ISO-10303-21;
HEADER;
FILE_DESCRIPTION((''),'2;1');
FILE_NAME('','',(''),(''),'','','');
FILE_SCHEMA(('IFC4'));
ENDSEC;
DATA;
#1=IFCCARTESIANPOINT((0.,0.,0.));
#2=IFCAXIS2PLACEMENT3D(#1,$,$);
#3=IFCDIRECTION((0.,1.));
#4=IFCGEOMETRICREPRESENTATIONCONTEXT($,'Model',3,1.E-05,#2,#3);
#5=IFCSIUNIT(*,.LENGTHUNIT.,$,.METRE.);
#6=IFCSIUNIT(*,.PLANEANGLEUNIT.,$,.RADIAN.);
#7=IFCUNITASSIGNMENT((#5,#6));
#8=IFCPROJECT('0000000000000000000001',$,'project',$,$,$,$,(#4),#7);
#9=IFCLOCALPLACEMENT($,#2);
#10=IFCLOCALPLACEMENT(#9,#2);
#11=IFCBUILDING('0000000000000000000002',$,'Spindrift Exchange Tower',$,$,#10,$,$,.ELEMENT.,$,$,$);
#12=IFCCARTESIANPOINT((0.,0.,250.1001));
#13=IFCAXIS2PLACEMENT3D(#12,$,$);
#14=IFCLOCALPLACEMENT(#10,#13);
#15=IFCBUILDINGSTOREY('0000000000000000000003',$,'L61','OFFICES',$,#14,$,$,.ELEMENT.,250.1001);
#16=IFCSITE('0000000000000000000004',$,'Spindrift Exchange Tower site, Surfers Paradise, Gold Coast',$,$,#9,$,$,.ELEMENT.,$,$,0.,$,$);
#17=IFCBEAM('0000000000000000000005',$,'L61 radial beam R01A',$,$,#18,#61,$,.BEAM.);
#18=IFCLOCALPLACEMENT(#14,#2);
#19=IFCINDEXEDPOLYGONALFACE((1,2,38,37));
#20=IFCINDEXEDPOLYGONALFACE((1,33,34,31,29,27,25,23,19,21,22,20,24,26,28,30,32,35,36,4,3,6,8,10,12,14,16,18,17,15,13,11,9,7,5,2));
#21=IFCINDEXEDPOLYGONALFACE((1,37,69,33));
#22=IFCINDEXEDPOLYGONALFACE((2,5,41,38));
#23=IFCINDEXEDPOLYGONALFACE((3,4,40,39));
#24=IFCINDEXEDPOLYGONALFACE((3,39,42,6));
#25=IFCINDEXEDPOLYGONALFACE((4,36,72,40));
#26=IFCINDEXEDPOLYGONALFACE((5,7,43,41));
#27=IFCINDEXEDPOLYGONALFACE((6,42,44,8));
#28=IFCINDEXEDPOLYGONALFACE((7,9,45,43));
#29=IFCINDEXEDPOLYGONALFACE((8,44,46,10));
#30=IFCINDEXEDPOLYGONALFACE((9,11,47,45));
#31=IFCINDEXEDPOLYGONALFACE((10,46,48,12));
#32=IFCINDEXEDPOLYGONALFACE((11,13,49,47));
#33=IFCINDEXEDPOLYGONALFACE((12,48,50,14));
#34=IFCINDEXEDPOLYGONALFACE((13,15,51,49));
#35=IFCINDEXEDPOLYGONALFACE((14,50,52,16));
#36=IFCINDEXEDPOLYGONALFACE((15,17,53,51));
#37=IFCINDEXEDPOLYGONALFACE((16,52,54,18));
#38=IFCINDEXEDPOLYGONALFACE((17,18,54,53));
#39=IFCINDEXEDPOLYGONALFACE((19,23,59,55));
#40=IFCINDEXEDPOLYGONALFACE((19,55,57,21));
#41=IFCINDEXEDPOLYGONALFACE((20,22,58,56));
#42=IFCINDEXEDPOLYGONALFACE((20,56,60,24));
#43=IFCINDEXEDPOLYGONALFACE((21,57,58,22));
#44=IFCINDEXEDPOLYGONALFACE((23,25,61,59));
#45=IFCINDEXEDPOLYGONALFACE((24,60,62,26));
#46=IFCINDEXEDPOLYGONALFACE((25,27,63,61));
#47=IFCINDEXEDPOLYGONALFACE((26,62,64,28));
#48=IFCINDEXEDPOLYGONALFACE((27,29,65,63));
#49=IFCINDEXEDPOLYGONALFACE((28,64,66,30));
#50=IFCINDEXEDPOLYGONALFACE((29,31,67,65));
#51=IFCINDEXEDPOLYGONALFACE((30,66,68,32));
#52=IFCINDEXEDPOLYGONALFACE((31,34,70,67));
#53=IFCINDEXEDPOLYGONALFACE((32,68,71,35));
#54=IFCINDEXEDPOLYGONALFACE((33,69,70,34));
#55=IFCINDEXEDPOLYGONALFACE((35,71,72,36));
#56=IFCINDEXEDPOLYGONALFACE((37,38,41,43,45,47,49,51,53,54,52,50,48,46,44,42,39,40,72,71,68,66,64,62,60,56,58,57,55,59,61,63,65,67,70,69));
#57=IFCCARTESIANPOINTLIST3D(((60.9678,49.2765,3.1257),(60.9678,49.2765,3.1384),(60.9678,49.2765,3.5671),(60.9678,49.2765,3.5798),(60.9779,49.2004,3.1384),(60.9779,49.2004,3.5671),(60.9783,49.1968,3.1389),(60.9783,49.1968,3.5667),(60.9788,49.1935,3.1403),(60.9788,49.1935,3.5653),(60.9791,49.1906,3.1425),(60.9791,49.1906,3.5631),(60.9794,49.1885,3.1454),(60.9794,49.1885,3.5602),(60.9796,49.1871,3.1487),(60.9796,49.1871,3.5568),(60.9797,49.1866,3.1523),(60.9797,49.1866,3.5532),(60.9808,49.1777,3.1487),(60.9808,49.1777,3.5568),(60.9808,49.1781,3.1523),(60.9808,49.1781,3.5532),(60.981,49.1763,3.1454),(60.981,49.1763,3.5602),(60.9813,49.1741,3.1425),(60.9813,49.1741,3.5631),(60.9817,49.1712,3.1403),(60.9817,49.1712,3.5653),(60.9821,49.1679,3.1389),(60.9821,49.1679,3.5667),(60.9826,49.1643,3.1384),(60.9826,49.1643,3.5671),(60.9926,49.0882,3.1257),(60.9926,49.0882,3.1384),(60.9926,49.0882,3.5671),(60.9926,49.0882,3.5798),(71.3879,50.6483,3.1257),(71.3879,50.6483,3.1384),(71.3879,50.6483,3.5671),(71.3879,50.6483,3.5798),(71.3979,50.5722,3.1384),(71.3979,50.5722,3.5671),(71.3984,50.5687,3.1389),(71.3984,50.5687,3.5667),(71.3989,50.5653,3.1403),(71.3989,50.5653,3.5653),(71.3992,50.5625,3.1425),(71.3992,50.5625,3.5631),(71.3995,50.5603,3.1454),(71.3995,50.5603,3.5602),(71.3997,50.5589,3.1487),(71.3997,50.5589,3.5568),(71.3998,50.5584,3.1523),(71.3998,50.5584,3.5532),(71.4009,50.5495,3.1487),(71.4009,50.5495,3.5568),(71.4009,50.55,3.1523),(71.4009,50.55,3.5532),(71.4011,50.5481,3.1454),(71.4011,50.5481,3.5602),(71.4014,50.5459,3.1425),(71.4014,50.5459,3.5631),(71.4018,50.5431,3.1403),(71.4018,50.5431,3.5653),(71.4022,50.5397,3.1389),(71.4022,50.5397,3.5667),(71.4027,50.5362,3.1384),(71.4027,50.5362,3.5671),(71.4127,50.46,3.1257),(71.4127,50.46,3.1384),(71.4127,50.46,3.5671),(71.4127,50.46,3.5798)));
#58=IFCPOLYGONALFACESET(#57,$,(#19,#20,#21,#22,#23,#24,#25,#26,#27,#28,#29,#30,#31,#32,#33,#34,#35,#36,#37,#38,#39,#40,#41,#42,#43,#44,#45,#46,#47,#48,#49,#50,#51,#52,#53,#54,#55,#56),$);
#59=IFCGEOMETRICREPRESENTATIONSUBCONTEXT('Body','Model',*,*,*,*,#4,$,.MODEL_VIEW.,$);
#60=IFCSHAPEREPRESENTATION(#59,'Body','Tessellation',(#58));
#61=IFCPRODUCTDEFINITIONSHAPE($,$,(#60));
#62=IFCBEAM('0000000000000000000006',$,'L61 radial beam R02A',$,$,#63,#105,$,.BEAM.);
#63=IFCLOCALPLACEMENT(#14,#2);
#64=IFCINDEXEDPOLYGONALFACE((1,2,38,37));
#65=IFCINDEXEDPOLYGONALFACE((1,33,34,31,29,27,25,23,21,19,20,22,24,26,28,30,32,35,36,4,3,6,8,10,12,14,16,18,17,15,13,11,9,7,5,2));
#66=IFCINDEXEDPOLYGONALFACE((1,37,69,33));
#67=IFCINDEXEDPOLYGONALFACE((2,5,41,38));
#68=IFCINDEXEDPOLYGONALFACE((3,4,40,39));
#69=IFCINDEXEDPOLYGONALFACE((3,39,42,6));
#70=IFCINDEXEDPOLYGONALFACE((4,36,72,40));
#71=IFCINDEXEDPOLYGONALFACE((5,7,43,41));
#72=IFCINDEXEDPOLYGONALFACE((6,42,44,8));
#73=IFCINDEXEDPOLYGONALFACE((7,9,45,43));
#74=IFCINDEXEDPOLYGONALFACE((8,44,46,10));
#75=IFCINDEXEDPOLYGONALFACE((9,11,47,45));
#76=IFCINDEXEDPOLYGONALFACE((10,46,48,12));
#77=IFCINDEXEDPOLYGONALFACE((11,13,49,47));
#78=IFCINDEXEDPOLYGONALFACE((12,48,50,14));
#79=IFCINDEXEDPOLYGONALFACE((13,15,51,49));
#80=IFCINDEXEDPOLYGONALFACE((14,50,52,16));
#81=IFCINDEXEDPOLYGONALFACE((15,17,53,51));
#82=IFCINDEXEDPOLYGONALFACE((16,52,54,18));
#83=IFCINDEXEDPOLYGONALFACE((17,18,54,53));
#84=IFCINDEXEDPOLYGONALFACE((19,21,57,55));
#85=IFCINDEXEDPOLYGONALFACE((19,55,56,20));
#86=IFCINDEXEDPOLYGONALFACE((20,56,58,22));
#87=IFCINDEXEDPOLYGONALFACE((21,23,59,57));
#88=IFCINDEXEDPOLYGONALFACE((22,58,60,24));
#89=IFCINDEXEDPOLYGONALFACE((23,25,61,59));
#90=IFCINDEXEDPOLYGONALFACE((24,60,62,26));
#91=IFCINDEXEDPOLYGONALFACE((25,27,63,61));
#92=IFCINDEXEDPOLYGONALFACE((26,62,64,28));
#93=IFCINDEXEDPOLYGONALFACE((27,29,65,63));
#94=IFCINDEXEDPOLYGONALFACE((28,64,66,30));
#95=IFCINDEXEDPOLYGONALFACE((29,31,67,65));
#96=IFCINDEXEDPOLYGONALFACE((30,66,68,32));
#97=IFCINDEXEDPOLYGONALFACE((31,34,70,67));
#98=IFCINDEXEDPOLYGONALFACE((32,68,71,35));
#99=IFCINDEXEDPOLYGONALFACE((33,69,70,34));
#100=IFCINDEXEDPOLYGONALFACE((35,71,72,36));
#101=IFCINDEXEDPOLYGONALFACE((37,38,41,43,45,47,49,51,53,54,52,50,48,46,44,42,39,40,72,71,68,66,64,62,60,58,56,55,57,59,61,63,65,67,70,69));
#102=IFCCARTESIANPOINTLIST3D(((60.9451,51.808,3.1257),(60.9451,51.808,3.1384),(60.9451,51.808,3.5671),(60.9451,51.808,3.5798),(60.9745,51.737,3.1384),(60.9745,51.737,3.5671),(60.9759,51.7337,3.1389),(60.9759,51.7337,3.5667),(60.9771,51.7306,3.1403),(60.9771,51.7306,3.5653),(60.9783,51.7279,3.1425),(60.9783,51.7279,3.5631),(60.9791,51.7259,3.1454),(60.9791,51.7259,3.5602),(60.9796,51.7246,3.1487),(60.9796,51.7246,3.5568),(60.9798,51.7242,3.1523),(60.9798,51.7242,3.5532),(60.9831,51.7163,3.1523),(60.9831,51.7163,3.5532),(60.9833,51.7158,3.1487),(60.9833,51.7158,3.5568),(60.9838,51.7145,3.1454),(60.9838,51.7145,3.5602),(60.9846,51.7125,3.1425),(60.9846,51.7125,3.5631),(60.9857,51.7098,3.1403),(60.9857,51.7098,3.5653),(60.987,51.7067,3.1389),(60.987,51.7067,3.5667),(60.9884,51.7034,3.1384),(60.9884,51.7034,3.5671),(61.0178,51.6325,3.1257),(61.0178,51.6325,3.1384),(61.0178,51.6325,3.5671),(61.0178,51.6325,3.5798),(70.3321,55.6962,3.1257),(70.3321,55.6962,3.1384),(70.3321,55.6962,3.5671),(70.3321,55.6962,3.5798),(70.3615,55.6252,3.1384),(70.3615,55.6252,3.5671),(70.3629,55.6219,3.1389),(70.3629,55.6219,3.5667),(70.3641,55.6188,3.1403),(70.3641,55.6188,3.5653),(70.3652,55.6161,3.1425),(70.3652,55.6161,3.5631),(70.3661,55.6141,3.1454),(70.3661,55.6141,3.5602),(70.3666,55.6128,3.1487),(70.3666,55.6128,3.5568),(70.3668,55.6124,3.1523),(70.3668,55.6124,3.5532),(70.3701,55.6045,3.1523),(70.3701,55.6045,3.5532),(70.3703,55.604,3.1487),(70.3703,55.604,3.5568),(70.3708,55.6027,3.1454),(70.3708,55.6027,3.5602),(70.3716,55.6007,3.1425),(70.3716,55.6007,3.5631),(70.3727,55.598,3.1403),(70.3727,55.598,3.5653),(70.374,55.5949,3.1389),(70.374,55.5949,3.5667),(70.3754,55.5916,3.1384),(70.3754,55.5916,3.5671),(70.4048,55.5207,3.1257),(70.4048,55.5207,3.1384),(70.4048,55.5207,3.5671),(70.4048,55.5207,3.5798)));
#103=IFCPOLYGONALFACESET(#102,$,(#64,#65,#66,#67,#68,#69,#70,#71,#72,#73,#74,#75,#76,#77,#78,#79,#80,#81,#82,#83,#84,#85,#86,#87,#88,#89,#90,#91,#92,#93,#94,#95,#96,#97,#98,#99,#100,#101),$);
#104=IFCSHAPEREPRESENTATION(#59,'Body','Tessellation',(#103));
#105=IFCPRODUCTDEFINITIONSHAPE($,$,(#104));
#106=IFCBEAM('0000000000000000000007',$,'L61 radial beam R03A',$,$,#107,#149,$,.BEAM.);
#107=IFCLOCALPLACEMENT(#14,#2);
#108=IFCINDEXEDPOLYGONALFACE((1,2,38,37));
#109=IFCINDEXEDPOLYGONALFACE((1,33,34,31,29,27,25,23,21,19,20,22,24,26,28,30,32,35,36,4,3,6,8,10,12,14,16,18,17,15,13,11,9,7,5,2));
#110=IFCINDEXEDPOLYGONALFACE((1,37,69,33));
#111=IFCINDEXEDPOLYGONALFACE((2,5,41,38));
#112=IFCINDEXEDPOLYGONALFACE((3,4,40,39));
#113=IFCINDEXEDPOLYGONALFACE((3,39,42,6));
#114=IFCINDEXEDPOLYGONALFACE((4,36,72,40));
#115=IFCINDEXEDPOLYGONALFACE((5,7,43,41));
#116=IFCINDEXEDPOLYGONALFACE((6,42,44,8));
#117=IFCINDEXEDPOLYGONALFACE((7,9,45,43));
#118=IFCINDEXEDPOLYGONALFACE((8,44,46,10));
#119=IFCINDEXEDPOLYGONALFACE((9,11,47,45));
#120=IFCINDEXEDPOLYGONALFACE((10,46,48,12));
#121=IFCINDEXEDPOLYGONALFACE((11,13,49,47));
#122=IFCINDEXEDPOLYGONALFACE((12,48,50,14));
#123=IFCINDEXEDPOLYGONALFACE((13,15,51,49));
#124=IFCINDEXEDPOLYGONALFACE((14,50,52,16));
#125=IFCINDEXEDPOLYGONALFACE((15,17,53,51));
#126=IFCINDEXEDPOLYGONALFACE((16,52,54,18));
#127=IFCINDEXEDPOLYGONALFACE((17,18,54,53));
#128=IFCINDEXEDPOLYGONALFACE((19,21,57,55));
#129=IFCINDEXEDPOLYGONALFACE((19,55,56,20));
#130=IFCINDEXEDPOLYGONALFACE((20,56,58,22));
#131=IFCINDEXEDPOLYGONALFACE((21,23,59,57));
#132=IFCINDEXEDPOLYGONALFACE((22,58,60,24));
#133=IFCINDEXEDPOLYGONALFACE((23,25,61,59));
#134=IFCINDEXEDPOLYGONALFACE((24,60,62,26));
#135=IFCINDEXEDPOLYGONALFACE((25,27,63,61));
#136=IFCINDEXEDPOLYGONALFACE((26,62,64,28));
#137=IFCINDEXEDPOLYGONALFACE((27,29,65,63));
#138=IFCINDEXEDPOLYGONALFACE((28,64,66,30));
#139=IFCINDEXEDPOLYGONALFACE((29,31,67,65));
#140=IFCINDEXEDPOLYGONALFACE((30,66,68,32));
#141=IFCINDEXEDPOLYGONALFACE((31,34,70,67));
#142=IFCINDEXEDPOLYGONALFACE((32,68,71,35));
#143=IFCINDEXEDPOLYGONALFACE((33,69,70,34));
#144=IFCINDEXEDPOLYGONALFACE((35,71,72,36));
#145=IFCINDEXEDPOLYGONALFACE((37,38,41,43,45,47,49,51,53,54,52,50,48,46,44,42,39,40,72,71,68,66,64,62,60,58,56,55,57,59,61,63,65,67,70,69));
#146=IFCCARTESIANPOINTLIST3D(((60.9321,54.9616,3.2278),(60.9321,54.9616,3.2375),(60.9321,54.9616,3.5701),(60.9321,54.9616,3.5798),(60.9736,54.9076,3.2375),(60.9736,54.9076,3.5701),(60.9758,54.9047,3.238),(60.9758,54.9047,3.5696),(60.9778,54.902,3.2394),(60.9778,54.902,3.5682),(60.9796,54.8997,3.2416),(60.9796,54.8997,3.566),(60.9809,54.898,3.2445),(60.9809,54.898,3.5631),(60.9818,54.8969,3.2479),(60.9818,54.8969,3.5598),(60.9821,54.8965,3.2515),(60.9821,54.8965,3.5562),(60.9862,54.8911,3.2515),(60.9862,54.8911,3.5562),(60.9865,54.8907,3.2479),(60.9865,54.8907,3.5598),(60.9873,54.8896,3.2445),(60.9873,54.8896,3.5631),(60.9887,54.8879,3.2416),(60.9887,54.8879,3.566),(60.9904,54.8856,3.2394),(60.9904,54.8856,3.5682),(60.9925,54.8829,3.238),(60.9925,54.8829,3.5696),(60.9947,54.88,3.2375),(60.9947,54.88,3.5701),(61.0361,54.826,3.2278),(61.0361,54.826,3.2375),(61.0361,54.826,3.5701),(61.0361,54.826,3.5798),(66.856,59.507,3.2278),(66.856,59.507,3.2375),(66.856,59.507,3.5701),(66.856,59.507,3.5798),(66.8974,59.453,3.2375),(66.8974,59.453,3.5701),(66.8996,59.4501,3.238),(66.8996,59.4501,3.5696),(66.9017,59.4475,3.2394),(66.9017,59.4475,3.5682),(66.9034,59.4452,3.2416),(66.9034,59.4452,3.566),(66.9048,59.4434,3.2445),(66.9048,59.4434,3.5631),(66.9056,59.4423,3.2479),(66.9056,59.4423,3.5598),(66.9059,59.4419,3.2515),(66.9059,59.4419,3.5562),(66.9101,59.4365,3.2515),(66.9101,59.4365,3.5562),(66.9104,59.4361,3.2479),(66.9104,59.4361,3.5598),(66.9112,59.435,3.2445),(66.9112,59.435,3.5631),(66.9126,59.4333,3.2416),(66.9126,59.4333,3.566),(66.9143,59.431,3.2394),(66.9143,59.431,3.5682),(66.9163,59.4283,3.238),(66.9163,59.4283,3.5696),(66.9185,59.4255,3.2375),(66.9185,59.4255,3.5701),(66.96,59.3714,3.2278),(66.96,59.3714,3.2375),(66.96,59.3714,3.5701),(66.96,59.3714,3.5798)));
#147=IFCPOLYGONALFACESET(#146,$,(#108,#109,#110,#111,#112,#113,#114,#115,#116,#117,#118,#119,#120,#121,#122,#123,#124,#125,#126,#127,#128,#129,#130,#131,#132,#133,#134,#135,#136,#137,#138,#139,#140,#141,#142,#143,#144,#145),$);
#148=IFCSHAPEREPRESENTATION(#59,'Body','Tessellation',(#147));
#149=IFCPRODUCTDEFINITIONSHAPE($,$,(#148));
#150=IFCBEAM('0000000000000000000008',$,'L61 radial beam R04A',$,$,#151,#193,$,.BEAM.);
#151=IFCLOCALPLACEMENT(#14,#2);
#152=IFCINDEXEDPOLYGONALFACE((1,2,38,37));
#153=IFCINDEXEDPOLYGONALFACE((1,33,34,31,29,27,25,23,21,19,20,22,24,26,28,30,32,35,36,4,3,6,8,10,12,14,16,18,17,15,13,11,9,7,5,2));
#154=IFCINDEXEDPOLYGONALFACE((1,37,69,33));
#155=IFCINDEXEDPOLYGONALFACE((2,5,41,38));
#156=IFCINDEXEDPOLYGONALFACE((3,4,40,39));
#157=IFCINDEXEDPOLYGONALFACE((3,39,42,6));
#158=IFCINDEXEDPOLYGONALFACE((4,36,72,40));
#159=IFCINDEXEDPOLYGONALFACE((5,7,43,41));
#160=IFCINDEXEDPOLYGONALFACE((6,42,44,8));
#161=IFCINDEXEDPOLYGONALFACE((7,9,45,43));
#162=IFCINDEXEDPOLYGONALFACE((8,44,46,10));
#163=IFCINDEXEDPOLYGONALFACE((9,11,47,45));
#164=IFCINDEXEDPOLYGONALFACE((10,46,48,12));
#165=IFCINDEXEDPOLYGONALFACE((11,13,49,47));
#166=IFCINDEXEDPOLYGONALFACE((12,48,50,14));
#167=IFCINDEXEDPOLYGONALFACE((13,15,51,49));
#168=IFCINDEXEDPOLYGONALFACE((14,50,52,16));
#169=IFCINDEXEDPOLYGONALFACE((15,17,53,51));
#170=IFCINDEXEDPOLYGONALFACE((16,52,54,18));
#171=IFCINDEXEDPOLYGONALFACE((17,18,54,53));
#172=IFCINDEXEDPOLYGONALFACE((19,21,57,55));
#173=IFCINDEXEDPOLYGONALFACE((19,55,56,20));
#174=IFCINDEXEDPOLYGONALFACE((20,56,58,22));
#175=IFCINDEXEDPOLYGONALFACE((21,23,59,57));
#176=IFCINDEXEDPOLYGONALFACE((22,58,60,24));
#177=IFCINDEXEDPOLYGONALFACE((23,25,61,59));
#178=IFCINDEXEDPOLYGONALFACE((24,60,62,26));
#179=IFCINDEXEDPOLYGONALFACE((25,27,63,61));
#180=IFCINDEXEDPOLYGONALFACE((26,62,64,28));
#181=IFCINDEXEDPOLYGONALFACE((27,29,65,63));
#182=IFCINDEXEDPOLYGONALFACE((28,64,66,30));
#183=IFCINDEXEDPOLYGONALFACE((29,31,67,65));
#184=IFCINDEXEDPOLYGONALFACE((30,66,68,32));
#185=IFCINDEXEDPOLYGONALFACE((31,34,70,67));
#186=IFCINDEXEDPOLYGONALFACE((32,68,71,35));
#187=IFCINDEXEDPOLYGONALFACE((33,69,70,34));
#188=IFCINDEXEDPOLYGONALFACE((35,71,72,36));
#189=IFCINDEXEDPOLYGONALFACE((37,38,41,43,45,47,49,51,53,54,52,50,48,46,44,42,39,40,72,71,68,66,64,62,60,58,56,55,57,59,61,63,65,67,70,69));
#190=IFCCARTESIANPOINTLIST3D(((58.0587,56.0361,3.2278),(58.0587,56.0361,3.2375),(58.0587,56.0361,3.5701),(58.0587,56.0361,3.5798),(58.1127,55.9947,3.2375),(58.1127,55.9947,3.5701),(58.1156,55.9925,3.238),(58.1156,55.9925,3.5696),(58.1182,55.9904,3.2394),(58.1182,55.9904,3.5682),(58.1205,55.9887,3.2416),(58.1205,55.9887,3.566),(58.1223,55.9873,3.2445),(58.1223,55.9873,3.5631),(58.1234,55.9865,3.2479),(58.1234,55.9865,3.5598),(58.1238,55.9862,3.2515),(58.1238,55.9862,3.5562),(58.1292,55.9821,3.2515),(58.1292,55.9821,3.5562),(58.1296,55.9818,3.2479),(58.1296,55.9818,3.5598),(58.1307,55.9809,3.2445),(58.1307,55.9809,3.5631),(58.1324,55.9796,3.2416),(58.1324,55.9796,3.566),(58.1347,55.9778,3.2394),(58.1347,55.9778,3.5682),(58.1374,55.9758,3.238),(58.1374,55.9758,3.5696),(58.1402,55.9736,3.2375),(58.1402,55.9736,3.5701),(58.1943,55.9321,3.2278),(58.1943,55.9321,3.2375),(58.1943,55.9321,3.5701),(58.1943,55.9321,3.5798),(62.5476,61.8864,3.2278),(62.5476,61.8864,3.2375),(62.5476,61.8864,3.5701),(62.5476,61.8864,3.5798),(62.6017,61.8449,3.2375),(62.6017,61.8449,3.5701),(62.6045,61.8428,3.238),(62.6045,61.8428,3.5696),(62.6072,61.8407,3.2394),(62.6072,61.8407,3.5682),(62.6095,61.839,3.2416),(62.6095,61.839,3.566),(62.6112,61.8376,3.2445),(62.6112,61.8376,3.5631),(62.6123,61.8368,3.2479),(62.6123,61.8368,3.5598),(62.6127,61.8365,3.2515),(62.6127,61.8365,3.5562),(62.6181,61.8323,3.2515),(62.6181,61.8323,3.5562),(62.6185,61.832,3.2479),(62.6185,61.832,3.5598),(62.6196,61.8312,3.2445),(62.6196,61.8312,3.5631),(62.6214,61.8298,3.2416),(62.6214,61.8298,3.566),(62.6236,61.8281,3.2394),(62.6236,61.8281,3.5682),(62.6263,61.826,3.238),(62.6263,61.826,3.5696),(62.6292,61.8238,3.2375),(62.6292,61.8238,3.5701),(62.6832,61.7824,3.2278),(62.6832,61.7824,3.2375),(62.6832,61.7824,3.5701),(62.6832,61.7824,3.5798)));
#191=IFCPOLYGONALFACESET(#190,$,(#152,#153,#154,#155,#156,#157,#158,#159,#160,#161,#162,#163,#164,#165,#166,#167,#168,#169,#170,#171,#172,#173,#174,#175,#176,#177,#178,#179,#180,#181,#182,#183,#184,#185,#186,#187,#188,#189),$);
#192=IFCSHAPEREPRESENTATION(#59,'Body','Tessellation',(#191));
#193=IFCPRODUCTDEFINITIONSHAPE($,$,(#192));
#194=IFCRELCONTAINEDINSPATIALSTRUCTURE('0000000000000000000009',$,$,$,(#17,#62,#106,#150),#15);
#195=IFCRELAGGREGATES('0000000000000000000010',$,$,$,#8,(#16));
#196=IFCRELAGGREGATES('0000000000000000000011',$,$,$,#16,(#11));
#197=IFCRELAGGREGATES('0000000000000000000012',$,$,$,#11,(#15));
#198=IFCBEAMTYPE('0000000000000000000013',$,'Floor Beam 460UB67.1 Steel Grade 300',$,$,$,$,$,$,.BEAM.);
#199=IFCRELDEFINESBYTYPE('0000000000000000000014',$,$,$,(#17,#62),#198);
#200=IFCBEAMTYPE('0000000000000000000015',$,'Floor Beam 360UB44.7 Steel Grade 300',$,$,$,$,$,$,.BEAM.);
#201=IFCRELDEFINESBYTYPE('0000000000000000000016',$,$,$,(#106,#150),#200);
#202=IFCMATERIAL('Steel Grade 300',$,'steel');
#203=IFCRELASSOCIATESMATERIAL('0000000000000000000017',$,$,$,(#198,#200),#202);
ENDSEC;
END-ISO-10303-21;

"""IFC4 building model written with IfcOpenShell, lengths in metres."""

from ifc_helpers import new_model, si_unit, direction, frame, origin, origin_2d, place, context, subcontext, project, spatial, i_section, extrude, source, transform, mapped, material, material_profile, profile_set, type_object, element, save


model = new_model("IFC4")

# Units and contexts
model_context = context("Model", 3, precision=1e-05, world=origin(), true_north=direction((0.0, 1.0)))
body_context = subcontext(model_context, "Body", "Model", "MODEL_VIEW")
ifc_project = project(units=[si_unit("LENGTHUNIT", "METRE"), si_unit("PLANEANGLEUNIT", "RADIAN")], contexts=[model_context])

# Site, building, storey
site_placement = place(None, origin())
site = spatial("IfcSite", under=ifc_project, at=site_placement, Name="Spindrift Exchange Tower site, Surfers Paradise, Gold Coast", CompositionType="ELEMENT", RefElevation=0.0)
building_placement = place(site_placement, origin())
building = spatial("IfcBuilding", under=site, at=building_placement, Name="Spindrift Exchange Tower", CompositionType="ELEMENT")
storey_placement = place(building_placement, frame((0.0, 0.0, 250.1001)))
storey = spatial("IfcBuildingStorey", under=building, at=storey_placement, Name="L61", Description="OFFICES", CompositionType="ELEMENT", Elevation=250.1001)

# Beams
ifc_material_1 = material(Name="Steel Grade 300", Category="steel")
ifc_material_profile_1 = material_profile(ifc_material_1, i_section(OverallWidth=0.1899, OverallDepth=0.4541, WebThickness=0.0085, FlangeThickness=0.0127, FilletRadius=0.0139, at=origin_2d()), Name="460UB67.1")
ifc_profile_set_1 = profile_set([ifc_material_profile_1], Name="Steel Grade 300")
beam_type_1 = type_object("IfcBeamType", Name="Floor Beam 460UB67.1 Steel Grade 300", PredefinedType="BEAM", material=ifc_profile_set_1)
shared_shape_1 = source(origin(), body_context, "Body", "SweptSolid", [
    extrude(i_section(OverallWidth=0.1899, OverallDepth=0.4541, WebThickness=0.0085, FlangeThickness=0.0127, FilletRadius=0.0139, at=origin_2d()), origin(), (0.0, 0.0, 1.0), 10.51),
])
beam_1_placement = place(storey_placement, frame((60.9802, 49.1824, 3.3528), z_axis=(0.991445, 0.130525, 0.0), x_axis=(-0.130525, 0.991445, 0.0)))
element("IfcBeam", 1, at=beam_1_placement, inside=storey, type_object=beam_type_1, Name="L61 radial beam R01A", PredefinedType="BEAM", context=body_context, shape_type="MappedRepresentation", body=[
    mapped(shared_shape_1, transform((0.0, 0.0, 0.0), scale=1.0)),
])
shared_shape_2 = source(origin(), body_context, "Body", "SweptSolid", [
    extrude(i_section(OverallWidth=0.1899, OverallDepth=0.4541, WebThickness=0.0085, FlangeThickness=0.0127, FilletRadius=0.0139, at=origin_2d()), origin(), (0.0, 0.0, 1.0), 10.1604),
])
beam_2_placement = place(storey_placement, frame((60.9814, 51.7202, 3.3528), z_axis=(0.92388, 0.382681, 0.0), x_axis=(-0.382681, 0.92388, 0.0)))
element("IfcBeam", 2, at=beam_2_placement, inside=storey, type_object=beam_type_1, Name="L61 radial beam R02A", PredefinedType="BEAM", context=body_context, shape_type="MappedRepresentation", body=[
    mapped(shared_shape_2, transform((0.0, 0.0, 0.0), scale=1.0)),
])
ifc_material_profile_2 = material_profile(ifc_material_1, i_section(OverallWidth=0.1709, OverallDepth=0.3521, WebThickness=0.0068, FlangeThickness=0.0098, FilletRadius=0.0139, at=origin_2d()), Name="360UB44.7")
ifc_profile_set_2 = profile_set([ifc_material_profile_2], Name="Steel Grade 300")
beam_type_2 = type_object("IfcBeamType", Name="Floor Beam 360UB44.7 Steel Grade 300", PredefinedType="BEAM", material=ifc_profile_set_2)
shared_shape_3 = source(origin(), body_context, "Body", "SweptSolid", [
    extrude(i_section(OverallWidth=0.1709, OverallDepth=0.3521, WebThickness=0.0068, FlangeThickness=0.0098, FilletRadius=0.0139, at=origin_2d()), origin(), (0.0, 0.0, 1.0), 7.4668),
])
beam_3_placement = place(storey_placement, frame((60.9841, 54.8938, 3.4038), z_axis=(0.79336, 0.608753, 0.0), x_axis=(-0.608753, 0.79336, 0.0)))
element("IfcBeam", 3, at=beam_3_placement, inside=storey, type_object=beam_type_2, Name="L61 radial beam R03A", PredefinedType="BEAM", context=body_context, shape_type="MappedRepresentation", body=[
    mapped(shared_shape_3, transform((0.0, 0.0, 0.0), scale=1.0)),
])
shared_shape_4 = source(origin(), body_context, "Body", "SweptSolid", [
    extrude(i_section(OverallWidth=0.1709, OverallDepth=0.3521, WebThickness=0.0068, FlangeThickness=0.0098, FilletRadius=0.0139, at=origin_2d()), origin(), (0.0, 0.0, 1.0), 7.374),
])
beam_4_placement = place(storey_placement, frame((58.1265, 55.9841, 3.4038), z_axis=(0.608752, 0.793361, 0.0), x_axis=(-0.793361, 0.608752, 0.0)))
element("IfcBeam", 4, at=beam_4_placement, inside=storey, type_object=beam_type_2, Name="L61 radial beam R04A", PredefinedType="BEAM", context=body_context, shape_type="MappedRepresentation", body=[
    mapped(shared_shape_4, transform((0.0, 0.0, 0.0), scale=1.0)),
])

save(model, "model.ifc")
